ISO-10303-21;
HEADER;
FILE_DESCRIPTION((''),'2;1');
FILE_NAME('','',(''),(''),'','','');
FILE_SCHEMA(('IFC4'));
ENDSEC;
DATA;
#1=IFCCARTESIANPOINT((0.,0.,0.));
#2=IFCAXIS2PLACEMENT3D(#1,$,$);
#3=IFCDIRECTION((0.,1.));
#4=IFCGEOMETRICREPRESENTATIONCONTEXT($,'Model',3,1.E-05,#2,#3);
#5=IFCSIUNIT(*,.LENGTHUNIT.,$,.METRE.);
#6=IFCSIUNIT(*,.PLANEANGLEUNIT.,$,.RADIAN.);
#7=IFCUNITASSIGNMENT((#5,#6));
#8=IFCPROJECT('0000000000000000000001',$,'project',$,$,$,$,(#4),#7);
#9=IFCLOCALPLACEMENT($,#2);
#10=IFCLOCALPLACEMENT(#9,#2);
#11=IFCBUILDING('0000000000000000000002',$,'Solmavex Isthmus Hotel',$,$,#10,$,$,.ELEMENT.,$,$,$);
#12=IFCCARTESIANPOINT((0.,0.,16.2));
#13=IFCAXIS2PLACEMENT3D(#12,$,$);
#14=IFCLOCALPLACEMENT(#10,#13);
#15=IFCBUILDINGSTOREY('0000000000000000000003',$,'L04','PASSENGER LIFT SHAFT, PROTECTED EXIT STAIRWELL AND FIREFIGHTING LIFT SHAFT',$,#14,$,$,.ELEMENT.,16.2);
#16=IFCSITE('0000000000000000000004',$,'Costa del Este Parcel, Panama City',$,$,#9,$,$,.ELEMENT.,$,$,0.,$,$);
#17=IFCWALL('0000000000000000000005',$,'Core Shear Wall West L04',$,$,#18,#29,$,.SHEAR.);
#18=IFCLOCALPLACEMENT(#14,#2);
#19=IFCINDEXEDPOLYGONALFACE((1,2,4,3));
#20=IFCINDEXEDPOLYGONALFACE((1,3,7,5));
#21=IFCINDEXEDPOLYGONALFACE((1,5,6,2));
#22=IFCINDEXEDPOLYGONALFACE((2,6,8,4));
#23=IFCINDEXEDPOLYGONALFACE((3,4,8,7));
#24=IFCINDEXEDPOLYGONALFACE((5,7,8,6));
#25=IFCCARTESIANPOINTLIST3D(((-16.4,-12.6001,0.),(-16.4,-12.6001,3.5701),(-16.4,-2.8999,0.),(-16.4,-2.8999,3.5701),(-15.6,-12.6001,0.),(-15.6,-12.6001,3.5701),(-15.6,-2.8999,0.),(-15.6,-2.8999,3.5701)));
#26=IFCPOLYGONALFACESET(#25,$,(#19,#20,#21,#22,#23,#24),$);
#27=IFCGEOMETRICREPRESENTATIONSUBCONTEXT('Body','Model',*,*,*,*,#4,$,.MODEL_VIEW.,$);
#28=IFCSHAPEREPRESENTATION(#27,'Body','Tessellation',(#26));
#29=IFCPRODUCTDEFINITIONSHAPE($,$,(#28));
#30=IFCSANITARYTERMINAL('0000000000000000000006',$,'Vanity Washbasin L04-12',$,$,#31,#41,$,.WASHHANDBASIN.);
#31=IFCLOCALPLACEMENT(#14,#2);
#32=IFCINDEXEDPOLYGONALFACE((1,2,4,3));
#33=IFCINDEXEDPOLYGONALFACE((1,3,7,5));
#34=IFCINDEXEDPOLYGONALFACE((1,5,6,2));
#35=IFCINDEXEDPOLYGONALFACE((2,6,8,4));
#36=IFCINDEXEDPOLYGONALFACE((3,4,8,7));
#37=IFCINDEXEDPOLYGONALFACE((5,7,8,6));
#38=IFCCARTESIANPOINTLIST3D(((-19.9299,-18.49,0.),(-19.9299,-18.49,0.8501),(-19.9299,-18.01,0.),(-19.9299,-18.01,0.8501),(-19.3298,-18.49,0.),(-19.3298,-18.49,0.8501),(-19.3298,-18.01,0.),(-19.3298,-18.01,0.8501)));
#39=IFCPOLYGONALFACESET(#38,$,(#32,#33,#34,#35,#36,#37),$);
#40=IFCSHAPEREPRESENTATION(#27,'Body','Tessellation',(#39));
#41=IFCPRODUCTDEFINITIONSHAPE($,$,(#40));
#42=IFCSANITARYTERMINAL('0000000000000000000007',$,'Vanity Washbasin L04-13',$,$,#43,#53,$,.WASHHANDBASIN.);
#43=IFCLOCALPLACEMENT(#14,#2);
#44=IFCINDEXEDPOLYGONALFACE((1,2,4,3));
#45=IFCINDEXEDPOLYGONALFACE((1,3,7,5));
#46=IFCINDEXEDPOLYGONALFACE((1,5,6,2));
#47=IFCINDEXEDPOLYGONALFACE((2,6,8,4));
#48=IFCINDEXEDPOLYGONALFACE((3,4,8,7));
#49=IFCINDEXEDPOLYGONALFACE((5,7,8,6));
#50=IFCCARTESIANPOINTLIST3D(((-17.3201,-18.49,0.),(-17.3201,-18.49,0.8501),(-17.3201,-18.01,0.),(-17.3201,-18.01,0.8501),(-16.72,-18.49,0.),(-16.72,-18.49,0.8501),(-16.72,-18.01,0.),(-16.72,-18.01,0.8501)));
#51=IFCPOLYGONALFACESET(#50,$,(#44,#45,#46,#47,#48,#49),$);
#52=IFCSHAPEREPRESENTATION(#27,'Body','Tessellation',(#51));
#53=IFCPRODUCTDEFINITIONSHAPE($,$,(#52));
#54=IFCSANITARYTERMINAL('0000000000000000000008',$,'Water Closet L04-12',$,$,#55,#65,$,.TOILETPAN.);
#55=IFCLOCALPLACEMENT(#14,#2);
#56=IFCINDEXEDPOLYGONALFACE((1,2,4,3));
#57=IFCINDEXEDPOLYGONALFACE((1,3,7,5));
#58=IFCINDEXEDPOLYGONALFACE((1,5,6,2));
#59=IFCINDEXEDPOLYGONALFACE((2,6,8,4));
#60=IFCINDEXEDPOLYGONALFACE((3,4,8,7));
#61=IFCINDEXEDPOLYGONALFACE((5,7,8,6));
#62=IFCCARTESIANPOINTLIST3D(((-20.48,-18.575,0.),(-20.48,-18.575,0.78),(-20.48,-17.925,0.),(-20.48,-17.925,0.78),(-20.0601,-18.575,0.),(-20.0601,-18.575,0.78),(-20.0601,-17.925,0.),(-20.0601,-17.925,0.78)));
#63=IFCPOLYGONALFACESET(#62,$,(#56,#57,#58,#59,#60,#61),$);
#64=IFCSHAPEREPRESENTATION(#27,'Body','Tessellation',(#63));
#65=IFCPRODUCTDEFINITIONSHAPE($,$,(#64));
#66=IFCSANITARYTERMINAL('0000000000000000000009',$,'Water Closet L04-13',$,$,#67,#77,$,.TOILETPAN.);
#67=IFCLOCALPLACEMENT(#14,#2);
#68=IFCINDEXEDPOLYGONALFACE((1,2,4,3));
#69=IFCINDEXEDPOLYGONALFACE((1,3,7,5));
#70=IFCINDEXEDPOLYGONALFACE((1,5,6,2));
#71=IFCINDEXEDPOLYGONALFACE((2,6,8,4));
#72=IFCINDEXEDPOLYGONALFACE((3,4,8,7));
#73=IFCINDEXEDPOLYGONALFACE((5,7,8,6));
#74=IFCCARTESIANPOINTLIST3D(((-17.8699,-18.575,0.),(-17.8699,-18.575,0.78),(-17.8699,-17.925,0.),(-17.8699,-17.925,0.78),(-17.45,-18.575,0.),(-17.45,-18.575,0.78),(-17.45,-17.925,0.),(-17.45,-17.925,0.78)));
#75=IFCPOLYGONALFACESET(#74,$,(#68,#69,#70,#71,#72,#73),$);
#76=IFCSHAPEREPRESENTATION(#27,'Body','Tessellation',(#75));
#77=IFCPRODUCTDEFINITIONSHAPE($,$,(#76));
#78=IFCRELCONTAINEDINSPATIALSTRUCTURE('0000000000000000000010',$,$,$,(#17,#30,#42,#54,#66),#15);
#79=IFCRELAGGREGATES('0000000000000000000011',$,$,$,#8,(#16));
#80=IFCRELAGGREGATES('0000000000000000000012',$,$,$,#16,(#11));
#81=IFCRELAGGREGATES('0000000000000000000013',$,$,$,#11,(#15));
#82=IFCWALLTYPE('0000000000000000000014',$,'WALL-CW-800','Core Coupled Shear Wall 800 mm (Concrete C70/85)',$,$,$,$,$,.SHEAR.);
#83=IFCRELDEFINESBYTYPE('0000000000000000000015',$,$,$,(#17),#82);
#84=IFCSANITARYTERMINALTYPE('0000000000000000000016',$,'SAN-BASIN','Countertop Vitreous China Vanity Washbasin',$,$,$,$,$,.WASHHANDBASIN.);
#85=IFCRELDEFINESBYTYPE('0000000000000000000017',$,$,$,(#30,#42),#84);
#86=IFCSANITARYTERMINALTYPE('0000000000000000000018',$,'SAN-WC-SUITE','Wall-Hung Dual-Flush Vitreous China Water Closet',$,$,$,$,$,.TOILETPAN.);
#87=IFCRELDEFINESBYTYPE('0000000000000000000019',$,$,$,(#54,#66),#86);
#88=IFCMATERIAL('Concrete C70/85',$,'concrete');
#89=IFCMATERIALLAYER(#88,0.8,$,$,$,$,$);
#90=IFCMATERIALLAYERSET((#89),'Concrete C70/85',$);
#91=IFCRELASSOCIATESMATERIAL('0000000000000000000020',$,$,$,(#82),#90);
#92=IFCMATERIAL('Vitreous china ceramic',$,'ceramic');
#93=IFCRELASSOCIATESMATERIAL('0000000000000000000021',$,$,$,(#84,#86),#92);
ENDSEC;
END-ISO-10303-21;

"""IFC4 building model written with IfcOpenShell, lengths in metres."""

from ifc_helpers import new_model, si_unit, direction, frame, frame_2d, origin, origin_2d, place, context, subcontext, project, spatial, rectangle, extrude, material, layer, layer_set, type_object, element, save


model = new_model("IFC4")

# Units and contexts
model_context = context("Model", 3, precision=1e-05, world=origin(), true_north=direction((0.0, 1.0)))
body_context = subcontext(model_context, "Body", "Model", "MODEL_VIEW")
ifc_project = project(units=[si_unit("LENGTHUNIT", "METRE"), si_unit("PLANEANGLEUNIT", "RADIAN")], contexts=[model_context])

# Site, building, storey
site_placement = place(None, origin())
site = spatial("IfcSite", under=ifc_project, at=site_placement, Name="Costa del Este Parcel, Panama City", CompositionType="ELEMENT", RefElevation=0.0)
building_placement = place(site_placement, origin())
building = spatial("IfcBuilding", under=site, at=building_placement, Name="Solmavex Isthmus Hotel", CompositionType="ELEMENT")
storey_placement = place(building_placement, frame((0.0, 0.0, 16.2)))
storey = spatial("IfcBuildingStorey", under=building, at=storey_placement, Name="L04", Description="PASSENGER LIFT SHAFT, PROTECTED EXIT STAIRWELL AND FIREFIGHTING LIFT SHAFT", CompositionType="ELEMENT", Elevation=16.2)

# Shared definitions
ifc_material_1 = material(Name="Concrete C70/85", Category="concrete")

# Wall
ifc_layer_1 = layer(ifc_material_1, 0.8)
ifc_layer_set_1 = layer_set([ifc_layer_1], Name="Concrete C70/85")
wall_type_1 = type_object("IfcWallType", Name="WALL-CW-800", Description="Core Coupled Shear Wall 800 mm (Concrete C70/85)", PredefinedType="SHEAR", material=ifc_layer_set_1)
wall_1_placement = place(storey_placement, frame((-16.0, -12.6001, 0.0), z_axis=(0.0, 0.0, 1.0), x_axis=(0.0, 1.0, 0.0)))
element("IfcWall", 1, at=wall_1_placement, inside=storey, type_object=wall_type_1, Name="Core Shear Wall West L04", PredefinedType="SHEAR", context=body_context, shape_type="SweptSolid", body=[
    extrude(rectangle(XDim=9.7002, YDim=0.8, at=frame_2d((4.8501, 0.0))), origin(), (0.0, 0.0, 1.0), 3.5701),
])

# Sanitary terminals
ifc_material_2 = material(Name="Vitreous china ceramic", Category="ceramic")
sanitary_terminal_type_1 = type_object("IfcSanitaryTerminalType", Name="SAN-BASIN", Description="Countertop Vitreous China Vanity Washbasin", PredefinedType="WASHHANDBASIN", material=ifc_material_2)
for number, where, z_axis, x_axis, name in (
    (2, (-19.6299, -18.25, 0.0), (0.0, 0.0, 1.0), (1.0, 0.0, 0.0), "Vanity Washbasin L04-12"),
    (3, (-17.02, -18.25, 0.0), (0.0, 0.0, 1.0), (1.0, 0.0, 0.0), "Vanity Washbasin L04-13"),
):
    element("IfcSanitaryTerminal", number, at=place(storey_placement, frame(where, z_axis=z_axis, x_axis=x_axis)), inside=storey, type_object=sanitary_terminal_type_1, Name=name, PredefinedType="WASHHANDBASIN", context=body_context, shape_type="SweptSolid", body=[
        extrude(rectangle(XDim=0.6001, YDim=0.48, at=origin_2d()), origin(), (0.0, 0.0, 1.0), 0.8501),
    ])
sanitary_terminal_type_2 = type_object("IfcSanitaryTerminalType", Name="SAN-WC-SUITE", Description="Wall-Hung Dual-Flush Vitreous China Water Closet", PredefinedType="TOILETPAN", material=ifc_material_2)
for number, where, z_axis, x_axis, name in (
    (4, (-20.27, -18.25, 0.0), (0.0, 0.0, 1.0), (1.0, 0.0, 0.0), "Water Closet L04-12"),
    (5, (-17.6599, -18.25, 0.0), (0.0, 0.0, 1.0), (1.0, 0.0, 0.0), "Water Closet L04-13"),
):
    element("IfcSanitaryTerminal", number, at=place(storey_placement, frame(where, z_axis=z_axis, x_axis=x_axis)), inside=storey, type_object=sanitary_terminal_type_2, Name=name, PredefinedType="TOILETPAN", context=body_context, shape_type="SweptSolid", body=[
        extrude(rectangle(XDim=0.4199, YDim=0.6499, at=origin_2d()), origin(), (0.0, 0.0, 1.0), 0.78),
    ])

save(model, "model.ifc")
